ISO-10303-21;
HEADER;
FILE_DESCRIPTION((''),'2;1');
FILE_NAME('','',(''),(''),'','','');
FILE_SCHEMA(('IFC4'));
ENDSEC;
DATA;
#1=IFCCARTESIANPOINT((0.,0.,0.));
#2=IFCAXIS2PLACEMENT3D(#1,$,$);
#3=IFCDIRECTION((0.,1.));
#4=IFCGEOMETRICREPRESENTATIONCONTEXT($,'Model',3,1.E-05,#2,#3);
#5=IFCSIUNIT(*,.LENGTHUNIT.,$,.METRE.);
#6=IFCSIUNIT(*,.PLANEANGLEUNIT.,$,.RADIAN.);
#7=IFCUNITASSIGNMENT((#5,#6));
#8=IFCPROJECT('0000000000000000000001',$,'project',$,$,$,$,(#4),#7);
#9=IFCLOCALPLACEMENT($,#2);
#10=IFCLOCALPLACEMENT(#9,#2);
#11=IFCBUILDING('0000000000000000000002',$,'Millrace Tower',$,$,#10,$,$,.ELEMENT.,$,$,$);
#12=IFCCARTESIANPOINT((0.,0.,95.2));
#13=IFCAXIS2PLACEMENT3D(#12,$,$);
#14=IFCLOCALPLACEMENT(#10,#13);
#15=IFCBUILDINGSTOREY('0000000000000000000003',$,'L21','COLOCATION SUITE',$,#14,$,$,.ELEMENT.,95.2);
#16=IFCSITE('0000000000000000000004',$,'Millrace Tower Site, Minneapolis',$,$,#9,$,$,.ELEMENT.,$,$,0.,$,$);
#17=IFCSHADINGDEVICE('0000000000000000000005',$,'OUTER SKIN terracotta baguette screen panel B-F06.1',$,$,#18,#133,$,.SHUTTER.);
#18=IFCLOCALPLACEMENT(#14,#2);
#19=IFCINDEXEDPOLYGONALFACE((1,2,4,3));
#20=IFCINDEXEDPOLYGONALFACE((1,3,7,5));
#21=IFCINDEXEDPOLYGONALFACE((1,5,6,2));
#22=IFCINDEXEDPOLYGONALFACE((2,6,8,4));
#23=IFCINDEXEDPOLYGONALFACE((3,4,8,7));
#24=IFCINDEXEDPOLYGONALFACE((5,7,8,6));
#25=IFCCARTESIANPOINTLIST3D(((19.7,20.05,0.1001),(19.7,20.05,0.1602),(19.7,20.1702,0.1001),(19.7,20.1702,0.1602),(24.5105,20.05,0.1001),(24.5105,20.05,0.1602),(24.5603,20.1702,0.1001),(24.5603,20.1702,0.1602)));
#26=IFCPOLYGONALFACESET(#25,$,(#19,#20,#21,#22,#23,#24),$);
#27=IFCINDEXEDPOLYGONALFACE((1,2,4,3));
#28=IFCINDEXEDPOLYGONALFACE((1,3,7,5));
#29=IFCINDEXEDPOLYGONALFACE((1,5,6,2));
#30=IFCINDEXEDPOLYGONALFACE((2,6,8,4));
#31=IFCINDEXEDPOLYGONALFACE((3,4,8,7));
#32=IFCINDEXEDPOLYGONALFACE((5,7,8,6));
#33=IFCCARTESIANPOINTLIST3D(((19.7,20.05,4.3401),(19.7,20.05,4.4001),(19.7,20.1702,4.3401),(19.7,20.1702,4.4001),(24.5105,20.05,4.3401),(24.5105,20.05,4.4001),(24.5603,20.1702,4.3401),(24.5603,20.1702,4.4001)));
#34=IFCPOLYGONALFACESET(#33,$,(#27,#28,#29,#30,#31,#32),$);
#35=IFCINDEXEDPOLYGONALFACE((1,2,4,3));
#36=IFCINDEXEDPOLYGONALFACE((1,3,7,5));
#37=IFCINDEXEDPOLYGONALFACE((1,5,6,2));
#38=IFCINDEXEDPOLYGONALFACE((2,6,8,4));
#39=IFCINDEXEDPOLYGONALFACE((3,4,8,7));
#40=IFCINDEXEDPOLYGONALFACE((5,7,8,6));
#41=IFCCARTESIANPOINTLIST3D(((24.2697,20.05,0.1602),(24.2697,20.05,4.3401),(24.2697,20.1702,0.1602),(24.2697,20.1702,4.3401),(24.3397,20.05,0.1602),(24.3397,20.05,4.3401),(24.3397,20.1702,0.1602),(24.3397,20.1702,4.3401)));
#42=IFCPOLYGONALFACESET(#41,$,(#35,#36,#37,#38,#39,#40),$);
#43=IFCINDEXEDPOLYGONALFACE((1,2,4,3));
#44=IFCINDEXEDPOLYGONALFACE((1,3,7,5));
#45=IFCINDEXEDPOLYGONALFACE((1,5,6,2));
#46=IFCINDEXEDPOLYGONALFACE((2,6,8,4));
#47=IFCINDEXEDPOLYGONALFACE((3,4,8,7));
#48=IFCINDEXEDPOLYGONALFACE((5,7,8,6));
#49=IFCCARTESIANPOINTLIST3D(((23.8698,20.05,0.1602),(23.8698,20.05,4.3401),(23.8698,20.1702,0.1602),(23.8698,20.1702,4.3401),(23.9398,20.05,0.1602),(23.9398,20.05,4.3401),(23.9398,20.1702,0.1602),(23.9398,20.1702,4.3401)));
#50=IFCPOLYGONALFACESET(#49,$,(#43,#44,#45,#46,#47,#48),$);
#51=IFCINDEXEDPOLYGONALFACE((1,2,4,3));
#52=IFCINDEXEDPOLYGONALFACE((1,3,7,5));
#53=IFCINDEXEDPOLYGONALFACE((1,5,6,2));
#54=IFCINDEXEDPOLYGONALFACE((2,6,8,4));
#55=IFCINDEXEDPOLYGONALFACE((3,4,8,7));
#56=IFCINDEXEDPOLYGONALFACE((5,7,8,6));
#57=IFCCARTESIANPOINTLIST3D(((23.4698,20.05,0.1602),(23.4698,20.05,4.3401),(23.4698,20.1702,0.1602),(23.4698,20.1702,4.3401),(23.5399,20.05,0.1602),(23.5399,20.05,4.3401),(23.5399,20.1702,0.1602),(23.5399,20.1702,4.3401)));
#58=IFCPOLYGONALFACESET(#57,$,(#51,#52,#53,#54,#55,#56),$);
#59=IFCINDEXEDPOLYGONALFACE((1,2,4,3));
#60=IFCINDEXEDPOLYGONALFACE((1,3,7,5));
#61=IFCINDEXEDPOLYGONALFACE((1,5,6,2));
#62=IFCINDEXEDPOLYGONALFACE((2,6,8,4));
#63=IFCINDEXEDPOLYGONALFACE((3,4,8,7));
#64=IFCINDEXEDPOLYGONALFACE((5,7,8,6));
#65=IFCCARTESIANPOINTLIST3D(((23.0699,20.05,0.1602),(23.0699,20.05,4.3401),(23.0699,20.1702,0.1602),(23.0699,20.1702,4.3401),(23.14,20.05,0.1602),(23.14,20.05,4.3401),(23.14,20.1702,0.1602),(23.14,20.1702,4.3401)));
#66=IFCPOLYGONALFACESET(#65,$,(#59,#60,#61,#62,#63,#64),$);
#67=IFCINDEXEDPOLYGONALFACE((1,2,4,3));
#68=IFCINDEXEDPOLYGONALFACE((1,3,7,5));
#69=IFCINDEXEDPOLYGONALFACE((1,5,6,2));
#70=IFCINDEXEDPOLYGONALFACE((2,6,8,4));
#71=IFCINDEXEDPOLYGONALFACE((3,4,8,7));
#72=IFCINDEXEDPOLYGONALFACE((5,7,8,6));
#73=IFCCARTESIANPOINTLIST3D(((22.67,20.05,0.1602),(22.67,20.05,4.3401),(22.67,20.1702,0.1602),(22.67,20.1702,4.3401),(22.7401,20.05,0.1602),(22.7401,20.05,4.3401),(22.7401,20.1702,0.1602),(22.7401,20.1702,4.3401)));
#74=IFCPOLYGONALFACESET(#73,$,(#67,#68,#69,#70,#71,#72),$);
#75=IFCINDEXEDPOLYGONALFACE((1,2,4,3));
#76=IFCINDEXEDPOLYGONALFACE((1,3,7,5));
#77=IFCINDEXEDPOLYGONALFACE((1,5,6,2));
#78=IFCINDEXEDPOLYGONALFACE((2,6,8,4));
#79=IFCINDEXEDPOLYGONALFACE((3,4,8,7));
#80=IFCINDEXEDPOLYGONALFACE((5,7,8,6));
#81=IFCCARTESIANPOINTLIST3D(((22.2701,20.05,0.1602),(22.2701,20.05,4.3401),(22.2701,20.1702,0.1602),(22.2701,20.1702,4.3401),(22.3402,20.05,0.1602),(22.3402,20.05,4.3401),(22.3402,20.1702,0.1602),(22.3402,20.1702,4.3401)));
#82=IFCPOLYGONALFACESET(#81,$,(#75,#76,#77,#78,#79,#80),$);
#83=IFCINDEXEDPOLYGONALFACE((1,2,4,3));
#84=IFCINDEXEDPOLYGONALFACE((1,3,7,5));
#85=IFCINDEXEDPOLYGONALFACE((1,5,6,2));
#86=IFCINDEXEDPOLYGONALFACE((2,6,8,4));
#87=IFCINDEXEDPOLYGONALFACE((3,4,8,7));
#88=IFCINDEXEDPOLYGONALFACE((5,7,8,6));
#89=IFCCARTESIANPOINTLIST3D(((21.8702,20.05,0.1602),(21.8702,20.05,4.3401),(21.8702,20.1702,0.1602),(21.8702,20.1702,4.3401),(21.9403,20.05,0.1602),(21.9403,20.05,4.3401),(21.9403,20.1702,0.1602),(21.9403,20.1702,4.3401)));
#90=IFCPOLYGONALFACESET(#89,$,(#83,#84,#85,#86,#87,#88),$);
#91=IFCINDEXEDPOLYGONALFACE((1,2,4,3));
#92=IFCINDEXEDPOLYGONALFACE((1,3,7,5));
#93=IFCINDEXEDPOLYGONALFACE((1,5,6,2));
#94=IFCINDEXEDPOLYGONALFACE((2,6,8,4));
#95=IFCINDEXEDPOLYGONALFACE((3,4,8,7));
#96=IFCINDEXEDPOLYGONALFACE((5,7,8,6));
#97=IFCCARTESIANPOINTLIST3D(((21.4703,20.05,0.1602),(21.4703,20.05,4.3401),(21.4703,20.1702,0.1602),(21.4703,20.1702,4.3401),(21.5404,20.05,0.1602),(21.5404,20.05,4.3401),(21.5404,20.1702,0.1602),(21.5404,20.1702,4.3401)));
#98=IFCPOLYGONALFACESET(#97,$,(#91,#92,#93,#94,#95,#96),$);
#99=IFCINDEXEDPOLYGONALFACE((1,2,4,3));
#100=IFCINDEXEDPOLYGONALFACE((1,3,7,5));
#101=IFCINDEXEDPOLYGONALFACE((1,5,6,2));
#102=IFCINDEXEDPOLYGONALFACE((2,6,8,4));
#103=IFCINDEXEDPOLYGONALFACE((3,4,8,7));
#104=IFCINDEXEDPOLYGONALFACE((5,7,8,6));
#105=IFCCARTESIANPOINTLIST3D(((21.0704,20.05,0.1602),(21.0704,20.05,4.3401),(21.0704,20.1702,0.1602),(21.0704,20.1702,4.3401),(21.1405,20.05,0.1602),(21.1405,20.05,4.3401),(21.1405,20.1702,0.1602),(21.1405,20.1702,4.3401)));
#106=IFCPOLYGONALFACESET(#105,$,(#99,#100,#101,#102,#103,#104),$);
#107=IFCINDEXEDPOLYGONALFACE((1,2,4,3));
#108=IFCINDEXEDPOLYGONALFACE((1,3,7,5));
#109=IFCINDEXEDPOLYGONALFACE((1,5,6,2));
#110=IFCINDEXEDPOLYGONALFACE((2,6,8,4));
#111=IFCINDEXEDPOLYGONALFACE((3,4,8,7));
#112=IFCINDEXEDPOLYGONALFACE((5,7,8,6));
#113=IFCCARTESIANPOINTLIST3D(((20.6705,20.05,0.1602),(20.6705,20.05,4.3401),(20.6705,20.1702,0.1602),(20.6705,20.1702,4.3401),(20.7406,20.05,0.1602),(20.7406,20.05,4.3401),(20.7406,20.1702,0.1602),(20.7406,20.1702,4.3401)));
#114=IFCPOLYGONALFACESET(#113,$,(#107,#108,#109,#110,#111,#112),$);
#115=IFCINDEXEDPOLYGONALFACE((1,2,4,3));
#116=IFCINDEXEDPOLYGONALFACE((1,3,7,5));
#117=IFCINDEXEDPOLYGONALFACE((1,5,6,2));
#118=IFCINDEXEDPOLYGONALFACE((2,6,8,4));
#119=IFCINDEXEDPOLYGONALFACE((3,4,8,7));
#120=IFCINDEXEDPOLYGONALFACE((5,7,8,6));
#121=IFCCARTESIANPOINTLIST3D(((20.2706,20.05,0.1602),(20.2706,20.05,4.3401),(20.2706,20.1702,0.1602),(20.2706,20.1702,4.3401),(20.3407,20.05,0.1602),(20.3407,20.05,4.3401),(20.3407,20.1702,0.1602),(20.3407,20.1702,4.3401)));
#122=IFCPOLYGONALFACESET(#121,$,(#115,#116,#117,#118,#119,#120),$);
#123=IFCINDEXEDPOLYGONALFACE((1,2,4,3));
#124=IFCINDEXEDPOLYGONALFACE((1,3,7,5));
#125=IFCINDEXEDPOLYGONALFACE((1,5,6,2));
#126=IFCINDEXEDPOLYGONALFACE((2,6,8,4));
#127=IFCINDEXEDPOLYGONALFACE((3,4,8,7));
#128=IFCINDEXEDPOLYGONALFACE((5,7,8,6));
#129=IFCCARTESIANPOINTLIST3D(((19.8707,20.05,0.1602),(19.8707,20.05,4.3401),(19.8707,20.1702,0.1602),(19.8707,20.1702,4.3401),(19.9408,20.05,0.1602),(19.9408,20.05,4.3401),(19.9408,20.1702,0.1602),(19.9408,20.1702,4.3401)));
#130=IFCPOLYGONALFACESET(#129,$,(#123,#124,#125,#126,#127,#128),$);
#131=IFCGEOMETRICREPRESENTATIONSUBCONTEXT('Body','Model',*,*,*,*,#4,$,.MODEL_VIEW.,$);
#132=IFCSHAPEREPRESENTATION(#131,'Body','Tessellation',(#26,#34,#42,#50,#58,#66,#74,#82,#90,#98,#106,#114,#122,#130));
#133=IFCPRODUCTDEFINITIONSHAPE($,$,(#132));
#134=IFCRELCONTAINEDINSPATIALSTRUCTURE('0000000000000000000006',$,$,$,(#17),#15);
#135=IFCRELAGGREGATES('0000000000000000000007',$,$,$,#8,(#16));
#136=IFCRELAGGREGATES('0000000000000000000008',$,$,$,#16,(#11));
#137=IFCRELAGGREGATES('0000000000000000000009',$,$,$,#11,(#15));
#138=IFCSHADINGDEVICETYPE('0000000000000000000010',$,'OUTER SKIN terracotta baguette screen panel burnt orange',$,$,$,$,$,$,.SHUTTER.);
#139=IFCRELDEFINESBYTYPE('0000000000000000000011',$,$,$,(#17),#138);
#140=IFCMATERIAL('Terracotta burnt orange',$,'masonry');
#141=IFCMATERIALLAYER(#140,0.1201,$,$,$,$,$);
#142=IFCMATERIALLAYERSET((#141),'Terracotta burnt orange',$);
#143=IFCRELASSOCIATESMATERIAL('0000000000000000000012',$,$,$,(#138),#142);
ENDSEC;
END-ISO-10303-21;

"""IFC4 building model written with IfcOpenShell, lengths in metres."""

from ifc_helpers import new_model, entity, si_unit, direction, frame, frame_2d, origin, place, context, subcontext, project, spatial, rectangle, extrude, source, transform, mapped, material, layer, layer_set, type_object, element, save


model = new_model("IFC4")

# Units and contexts
model_context = context("Model", 3, precision=1e-05, world=origin(), true_north=direction((0.0, 1.0)))
body_context = subcontext(model_context, "Body", "Model", "MODEL_VIEW")
ifc_project = project(units=[si_unit("LENGTHUNIT", "METRE"), si_unit("PLANEANGLEUNIT", "RADIAN")], contexts=[model_context])

# Site, building, storey
site_placement = place(None, origin())
site = spatial("IfcSite", under=ifc_project, at=site_placement, Name="Millrace Tower Site, Minneapolis", CompositionType="ELEMENT", RefElevation=0.0)
building_placement = place(site_placement, origin())
building = spatial("IfcBuilding", under=site, at=building_placement, Name="Millrace Tower", CompositionType="ELEMENT")
storey_placement = place(building_placement, frame((0.0, 0.0, 95.2)))
storey = spatial("IfcBuildingStorey", under=building, at=storey_placement, Name="L21", Description="COLOCATION SUITE", CompositionType="ELEMENT", Elevation=95.2)

# Shading device
ifc_material_1 = material(Name="Terracotta burnt orange", Category="masonry")
ifc_layer_1 = layer(ifc_material_1, 0.1201)
ifc_layer_set_1 = layer_set([ifc_layer_1], Name="Terracotta burnt orange")
shading_device_type = type_object("IfcShadingDeviceType", Name="OUTER SKIN terracotta baguette screen panel burnt orange", PredefinedType="SHUTTER", material=ifc_layer_set_1)
cartesian_point_1 = entity("IfcCartesianPoint", [-2.3928, 0.0601])
shared_polyline_1 = entity("IfcPolyline", [cartesian_point_1, entity("IfcCartesianPoint", [2.4177, 0.0601]), entity("IfcCartesianPoint", [2.4177, -0.0601]), entity("IfcCartesianPoint", [-2.4426, -0.0601]), cartesian_point_1])
shared_shape_1 = source(origin(), body_context, "Body", "SweptSolid", [
    entity("IfcExtrudedAreaSolid", entity("IfcArbitraryClosedProfileDef", "AREA", None, shared_polyline_1), entity("IfcAxis2Placement3D", entity("IfcCartesianPoint", [0.0, 0.0, 0.0])), entity("IfcDirection", [0.0, 0.0, 1.0]), 0.0601),
    entity("IfcExtrudedAreaSolid", entity("IfcArbitraryClosedProfileDef", "AREA", None, shared_polyline_1), entity("IfcAxis2Placement3D", entity("IfcCartesianPoint", [0.0, 0.0, 4.24])), entity("IfcDirection", [0.0, 0.0, 1.0]), 0.0601),
    extrude(rectangle(XDim=0.0701, YDim=0.1201, at=frame_2d((-2.187, 0.0))), frame((0.0, 0.0, 0.0601)), (0.0, 0.0, 1.0), 4.1799),
    extrude(rectangle(XDim=0.0701, YDim=0.1201, at=frame_2d((-1.7871, 0.0))), frame((0.0, 0.0, 0.0601)), (0.0, 0.0, 1.0), 4.1799),
    extrude(rectangle(XDim=0.0701, YDim=0.1201, at=frame_2d((-1.3872, 0.0))), frame((0.0, 0.0, 0.0601)), (0.0, 0.0, 1.0), 4.1799),
    extrude(rectangle(XDim=0.0701, YDim=0.1201, at=frame_2d((-0.9873, 0.0))), frame((0.0, 0.0, 0.0601)), (0.0, 0.0, 1.0), 4.1799),
    extrude(rectangle(XDim=0.0701, YDim=0.1201, at=frame_2d((-0.5874, 0.0))), frame((0.0, 0.0, 0.0601)), (0.0, 0.0, 1.0), 4.1799),
    extrude(rectangle(XDim=0.0701, YDim=0.1201, at=frame_2d((-0.1875, 0.0))), frame((0.0, 0.0, 0.0601)), (0.0, 0.0, 1.0), 4.1799),
    extrude(rectangle(XDim=0.0701, YDim=0.1201, at=frame_2d((0.2124, 0.0))), frame((0.0, 0.0, 0.0601)), (0.0, 0.0, 1.0), 4.1799),
    extrude(rectangle(XDim=0.0701, YDim=0.1201, at=frame_2d((0.6123, 0.0))), frame((0.0, 0.0, 0.0601)), (0.0, 0.0, 1.0), 4.1799),
    extrude(rectangle(XDim=0.0701, YDim=0.1201, at=frame_2d((1.0122, 0.0))), frame((0.0, 0.0, 0.0601)), (0.0, 0.0, 1.0), 4.1799),
    extrude(rectangle(XDim=0.0701, YDim=0.1201, at=frame_2d((1.4121, 0.0))), frame((0.0, 0.0, 0.0601)), (0.0, 0.0, 1.0), 4.1799),
    extrude(rectangle(XDim=0.0701, YDim=0.1201, at=frame_2d((1.812, 0.0))), frame((0.0, 0.0, 0.0601)), (0.0, 0.0, 1.0), 4.1799),
    extrude(rectangle(XDim=0.0701, YDim=0.1201, at=frame_2d((2.2119, 0.0))), frame((0.0, 0.0, 0.0601)), (0.0, 0.0, 1.0), 4.1799),
])
shading_device_1_placement = place(storey_placement, frame((22.1177, 20.1101, 0.1001), z_axis=(0.0, 0.0, 1.0), x_axis=(-1.0, 0.0, 0.0)))
element("IfcShadingDevice", 1, at=shading_device_1_placement, inside=storey, type_object=shading_device_type, Name="OUTER SKIN terracotta baguette screen panel B-F06.1", PredefinedType="SHUTTER", context=body_context, shape_type="MappedRepresentation", body=[
    mapped(shared_shape_1, transform((0.0, 0.0, 0.0), scale=1.0)),
])

save(model, "model.ifc")
